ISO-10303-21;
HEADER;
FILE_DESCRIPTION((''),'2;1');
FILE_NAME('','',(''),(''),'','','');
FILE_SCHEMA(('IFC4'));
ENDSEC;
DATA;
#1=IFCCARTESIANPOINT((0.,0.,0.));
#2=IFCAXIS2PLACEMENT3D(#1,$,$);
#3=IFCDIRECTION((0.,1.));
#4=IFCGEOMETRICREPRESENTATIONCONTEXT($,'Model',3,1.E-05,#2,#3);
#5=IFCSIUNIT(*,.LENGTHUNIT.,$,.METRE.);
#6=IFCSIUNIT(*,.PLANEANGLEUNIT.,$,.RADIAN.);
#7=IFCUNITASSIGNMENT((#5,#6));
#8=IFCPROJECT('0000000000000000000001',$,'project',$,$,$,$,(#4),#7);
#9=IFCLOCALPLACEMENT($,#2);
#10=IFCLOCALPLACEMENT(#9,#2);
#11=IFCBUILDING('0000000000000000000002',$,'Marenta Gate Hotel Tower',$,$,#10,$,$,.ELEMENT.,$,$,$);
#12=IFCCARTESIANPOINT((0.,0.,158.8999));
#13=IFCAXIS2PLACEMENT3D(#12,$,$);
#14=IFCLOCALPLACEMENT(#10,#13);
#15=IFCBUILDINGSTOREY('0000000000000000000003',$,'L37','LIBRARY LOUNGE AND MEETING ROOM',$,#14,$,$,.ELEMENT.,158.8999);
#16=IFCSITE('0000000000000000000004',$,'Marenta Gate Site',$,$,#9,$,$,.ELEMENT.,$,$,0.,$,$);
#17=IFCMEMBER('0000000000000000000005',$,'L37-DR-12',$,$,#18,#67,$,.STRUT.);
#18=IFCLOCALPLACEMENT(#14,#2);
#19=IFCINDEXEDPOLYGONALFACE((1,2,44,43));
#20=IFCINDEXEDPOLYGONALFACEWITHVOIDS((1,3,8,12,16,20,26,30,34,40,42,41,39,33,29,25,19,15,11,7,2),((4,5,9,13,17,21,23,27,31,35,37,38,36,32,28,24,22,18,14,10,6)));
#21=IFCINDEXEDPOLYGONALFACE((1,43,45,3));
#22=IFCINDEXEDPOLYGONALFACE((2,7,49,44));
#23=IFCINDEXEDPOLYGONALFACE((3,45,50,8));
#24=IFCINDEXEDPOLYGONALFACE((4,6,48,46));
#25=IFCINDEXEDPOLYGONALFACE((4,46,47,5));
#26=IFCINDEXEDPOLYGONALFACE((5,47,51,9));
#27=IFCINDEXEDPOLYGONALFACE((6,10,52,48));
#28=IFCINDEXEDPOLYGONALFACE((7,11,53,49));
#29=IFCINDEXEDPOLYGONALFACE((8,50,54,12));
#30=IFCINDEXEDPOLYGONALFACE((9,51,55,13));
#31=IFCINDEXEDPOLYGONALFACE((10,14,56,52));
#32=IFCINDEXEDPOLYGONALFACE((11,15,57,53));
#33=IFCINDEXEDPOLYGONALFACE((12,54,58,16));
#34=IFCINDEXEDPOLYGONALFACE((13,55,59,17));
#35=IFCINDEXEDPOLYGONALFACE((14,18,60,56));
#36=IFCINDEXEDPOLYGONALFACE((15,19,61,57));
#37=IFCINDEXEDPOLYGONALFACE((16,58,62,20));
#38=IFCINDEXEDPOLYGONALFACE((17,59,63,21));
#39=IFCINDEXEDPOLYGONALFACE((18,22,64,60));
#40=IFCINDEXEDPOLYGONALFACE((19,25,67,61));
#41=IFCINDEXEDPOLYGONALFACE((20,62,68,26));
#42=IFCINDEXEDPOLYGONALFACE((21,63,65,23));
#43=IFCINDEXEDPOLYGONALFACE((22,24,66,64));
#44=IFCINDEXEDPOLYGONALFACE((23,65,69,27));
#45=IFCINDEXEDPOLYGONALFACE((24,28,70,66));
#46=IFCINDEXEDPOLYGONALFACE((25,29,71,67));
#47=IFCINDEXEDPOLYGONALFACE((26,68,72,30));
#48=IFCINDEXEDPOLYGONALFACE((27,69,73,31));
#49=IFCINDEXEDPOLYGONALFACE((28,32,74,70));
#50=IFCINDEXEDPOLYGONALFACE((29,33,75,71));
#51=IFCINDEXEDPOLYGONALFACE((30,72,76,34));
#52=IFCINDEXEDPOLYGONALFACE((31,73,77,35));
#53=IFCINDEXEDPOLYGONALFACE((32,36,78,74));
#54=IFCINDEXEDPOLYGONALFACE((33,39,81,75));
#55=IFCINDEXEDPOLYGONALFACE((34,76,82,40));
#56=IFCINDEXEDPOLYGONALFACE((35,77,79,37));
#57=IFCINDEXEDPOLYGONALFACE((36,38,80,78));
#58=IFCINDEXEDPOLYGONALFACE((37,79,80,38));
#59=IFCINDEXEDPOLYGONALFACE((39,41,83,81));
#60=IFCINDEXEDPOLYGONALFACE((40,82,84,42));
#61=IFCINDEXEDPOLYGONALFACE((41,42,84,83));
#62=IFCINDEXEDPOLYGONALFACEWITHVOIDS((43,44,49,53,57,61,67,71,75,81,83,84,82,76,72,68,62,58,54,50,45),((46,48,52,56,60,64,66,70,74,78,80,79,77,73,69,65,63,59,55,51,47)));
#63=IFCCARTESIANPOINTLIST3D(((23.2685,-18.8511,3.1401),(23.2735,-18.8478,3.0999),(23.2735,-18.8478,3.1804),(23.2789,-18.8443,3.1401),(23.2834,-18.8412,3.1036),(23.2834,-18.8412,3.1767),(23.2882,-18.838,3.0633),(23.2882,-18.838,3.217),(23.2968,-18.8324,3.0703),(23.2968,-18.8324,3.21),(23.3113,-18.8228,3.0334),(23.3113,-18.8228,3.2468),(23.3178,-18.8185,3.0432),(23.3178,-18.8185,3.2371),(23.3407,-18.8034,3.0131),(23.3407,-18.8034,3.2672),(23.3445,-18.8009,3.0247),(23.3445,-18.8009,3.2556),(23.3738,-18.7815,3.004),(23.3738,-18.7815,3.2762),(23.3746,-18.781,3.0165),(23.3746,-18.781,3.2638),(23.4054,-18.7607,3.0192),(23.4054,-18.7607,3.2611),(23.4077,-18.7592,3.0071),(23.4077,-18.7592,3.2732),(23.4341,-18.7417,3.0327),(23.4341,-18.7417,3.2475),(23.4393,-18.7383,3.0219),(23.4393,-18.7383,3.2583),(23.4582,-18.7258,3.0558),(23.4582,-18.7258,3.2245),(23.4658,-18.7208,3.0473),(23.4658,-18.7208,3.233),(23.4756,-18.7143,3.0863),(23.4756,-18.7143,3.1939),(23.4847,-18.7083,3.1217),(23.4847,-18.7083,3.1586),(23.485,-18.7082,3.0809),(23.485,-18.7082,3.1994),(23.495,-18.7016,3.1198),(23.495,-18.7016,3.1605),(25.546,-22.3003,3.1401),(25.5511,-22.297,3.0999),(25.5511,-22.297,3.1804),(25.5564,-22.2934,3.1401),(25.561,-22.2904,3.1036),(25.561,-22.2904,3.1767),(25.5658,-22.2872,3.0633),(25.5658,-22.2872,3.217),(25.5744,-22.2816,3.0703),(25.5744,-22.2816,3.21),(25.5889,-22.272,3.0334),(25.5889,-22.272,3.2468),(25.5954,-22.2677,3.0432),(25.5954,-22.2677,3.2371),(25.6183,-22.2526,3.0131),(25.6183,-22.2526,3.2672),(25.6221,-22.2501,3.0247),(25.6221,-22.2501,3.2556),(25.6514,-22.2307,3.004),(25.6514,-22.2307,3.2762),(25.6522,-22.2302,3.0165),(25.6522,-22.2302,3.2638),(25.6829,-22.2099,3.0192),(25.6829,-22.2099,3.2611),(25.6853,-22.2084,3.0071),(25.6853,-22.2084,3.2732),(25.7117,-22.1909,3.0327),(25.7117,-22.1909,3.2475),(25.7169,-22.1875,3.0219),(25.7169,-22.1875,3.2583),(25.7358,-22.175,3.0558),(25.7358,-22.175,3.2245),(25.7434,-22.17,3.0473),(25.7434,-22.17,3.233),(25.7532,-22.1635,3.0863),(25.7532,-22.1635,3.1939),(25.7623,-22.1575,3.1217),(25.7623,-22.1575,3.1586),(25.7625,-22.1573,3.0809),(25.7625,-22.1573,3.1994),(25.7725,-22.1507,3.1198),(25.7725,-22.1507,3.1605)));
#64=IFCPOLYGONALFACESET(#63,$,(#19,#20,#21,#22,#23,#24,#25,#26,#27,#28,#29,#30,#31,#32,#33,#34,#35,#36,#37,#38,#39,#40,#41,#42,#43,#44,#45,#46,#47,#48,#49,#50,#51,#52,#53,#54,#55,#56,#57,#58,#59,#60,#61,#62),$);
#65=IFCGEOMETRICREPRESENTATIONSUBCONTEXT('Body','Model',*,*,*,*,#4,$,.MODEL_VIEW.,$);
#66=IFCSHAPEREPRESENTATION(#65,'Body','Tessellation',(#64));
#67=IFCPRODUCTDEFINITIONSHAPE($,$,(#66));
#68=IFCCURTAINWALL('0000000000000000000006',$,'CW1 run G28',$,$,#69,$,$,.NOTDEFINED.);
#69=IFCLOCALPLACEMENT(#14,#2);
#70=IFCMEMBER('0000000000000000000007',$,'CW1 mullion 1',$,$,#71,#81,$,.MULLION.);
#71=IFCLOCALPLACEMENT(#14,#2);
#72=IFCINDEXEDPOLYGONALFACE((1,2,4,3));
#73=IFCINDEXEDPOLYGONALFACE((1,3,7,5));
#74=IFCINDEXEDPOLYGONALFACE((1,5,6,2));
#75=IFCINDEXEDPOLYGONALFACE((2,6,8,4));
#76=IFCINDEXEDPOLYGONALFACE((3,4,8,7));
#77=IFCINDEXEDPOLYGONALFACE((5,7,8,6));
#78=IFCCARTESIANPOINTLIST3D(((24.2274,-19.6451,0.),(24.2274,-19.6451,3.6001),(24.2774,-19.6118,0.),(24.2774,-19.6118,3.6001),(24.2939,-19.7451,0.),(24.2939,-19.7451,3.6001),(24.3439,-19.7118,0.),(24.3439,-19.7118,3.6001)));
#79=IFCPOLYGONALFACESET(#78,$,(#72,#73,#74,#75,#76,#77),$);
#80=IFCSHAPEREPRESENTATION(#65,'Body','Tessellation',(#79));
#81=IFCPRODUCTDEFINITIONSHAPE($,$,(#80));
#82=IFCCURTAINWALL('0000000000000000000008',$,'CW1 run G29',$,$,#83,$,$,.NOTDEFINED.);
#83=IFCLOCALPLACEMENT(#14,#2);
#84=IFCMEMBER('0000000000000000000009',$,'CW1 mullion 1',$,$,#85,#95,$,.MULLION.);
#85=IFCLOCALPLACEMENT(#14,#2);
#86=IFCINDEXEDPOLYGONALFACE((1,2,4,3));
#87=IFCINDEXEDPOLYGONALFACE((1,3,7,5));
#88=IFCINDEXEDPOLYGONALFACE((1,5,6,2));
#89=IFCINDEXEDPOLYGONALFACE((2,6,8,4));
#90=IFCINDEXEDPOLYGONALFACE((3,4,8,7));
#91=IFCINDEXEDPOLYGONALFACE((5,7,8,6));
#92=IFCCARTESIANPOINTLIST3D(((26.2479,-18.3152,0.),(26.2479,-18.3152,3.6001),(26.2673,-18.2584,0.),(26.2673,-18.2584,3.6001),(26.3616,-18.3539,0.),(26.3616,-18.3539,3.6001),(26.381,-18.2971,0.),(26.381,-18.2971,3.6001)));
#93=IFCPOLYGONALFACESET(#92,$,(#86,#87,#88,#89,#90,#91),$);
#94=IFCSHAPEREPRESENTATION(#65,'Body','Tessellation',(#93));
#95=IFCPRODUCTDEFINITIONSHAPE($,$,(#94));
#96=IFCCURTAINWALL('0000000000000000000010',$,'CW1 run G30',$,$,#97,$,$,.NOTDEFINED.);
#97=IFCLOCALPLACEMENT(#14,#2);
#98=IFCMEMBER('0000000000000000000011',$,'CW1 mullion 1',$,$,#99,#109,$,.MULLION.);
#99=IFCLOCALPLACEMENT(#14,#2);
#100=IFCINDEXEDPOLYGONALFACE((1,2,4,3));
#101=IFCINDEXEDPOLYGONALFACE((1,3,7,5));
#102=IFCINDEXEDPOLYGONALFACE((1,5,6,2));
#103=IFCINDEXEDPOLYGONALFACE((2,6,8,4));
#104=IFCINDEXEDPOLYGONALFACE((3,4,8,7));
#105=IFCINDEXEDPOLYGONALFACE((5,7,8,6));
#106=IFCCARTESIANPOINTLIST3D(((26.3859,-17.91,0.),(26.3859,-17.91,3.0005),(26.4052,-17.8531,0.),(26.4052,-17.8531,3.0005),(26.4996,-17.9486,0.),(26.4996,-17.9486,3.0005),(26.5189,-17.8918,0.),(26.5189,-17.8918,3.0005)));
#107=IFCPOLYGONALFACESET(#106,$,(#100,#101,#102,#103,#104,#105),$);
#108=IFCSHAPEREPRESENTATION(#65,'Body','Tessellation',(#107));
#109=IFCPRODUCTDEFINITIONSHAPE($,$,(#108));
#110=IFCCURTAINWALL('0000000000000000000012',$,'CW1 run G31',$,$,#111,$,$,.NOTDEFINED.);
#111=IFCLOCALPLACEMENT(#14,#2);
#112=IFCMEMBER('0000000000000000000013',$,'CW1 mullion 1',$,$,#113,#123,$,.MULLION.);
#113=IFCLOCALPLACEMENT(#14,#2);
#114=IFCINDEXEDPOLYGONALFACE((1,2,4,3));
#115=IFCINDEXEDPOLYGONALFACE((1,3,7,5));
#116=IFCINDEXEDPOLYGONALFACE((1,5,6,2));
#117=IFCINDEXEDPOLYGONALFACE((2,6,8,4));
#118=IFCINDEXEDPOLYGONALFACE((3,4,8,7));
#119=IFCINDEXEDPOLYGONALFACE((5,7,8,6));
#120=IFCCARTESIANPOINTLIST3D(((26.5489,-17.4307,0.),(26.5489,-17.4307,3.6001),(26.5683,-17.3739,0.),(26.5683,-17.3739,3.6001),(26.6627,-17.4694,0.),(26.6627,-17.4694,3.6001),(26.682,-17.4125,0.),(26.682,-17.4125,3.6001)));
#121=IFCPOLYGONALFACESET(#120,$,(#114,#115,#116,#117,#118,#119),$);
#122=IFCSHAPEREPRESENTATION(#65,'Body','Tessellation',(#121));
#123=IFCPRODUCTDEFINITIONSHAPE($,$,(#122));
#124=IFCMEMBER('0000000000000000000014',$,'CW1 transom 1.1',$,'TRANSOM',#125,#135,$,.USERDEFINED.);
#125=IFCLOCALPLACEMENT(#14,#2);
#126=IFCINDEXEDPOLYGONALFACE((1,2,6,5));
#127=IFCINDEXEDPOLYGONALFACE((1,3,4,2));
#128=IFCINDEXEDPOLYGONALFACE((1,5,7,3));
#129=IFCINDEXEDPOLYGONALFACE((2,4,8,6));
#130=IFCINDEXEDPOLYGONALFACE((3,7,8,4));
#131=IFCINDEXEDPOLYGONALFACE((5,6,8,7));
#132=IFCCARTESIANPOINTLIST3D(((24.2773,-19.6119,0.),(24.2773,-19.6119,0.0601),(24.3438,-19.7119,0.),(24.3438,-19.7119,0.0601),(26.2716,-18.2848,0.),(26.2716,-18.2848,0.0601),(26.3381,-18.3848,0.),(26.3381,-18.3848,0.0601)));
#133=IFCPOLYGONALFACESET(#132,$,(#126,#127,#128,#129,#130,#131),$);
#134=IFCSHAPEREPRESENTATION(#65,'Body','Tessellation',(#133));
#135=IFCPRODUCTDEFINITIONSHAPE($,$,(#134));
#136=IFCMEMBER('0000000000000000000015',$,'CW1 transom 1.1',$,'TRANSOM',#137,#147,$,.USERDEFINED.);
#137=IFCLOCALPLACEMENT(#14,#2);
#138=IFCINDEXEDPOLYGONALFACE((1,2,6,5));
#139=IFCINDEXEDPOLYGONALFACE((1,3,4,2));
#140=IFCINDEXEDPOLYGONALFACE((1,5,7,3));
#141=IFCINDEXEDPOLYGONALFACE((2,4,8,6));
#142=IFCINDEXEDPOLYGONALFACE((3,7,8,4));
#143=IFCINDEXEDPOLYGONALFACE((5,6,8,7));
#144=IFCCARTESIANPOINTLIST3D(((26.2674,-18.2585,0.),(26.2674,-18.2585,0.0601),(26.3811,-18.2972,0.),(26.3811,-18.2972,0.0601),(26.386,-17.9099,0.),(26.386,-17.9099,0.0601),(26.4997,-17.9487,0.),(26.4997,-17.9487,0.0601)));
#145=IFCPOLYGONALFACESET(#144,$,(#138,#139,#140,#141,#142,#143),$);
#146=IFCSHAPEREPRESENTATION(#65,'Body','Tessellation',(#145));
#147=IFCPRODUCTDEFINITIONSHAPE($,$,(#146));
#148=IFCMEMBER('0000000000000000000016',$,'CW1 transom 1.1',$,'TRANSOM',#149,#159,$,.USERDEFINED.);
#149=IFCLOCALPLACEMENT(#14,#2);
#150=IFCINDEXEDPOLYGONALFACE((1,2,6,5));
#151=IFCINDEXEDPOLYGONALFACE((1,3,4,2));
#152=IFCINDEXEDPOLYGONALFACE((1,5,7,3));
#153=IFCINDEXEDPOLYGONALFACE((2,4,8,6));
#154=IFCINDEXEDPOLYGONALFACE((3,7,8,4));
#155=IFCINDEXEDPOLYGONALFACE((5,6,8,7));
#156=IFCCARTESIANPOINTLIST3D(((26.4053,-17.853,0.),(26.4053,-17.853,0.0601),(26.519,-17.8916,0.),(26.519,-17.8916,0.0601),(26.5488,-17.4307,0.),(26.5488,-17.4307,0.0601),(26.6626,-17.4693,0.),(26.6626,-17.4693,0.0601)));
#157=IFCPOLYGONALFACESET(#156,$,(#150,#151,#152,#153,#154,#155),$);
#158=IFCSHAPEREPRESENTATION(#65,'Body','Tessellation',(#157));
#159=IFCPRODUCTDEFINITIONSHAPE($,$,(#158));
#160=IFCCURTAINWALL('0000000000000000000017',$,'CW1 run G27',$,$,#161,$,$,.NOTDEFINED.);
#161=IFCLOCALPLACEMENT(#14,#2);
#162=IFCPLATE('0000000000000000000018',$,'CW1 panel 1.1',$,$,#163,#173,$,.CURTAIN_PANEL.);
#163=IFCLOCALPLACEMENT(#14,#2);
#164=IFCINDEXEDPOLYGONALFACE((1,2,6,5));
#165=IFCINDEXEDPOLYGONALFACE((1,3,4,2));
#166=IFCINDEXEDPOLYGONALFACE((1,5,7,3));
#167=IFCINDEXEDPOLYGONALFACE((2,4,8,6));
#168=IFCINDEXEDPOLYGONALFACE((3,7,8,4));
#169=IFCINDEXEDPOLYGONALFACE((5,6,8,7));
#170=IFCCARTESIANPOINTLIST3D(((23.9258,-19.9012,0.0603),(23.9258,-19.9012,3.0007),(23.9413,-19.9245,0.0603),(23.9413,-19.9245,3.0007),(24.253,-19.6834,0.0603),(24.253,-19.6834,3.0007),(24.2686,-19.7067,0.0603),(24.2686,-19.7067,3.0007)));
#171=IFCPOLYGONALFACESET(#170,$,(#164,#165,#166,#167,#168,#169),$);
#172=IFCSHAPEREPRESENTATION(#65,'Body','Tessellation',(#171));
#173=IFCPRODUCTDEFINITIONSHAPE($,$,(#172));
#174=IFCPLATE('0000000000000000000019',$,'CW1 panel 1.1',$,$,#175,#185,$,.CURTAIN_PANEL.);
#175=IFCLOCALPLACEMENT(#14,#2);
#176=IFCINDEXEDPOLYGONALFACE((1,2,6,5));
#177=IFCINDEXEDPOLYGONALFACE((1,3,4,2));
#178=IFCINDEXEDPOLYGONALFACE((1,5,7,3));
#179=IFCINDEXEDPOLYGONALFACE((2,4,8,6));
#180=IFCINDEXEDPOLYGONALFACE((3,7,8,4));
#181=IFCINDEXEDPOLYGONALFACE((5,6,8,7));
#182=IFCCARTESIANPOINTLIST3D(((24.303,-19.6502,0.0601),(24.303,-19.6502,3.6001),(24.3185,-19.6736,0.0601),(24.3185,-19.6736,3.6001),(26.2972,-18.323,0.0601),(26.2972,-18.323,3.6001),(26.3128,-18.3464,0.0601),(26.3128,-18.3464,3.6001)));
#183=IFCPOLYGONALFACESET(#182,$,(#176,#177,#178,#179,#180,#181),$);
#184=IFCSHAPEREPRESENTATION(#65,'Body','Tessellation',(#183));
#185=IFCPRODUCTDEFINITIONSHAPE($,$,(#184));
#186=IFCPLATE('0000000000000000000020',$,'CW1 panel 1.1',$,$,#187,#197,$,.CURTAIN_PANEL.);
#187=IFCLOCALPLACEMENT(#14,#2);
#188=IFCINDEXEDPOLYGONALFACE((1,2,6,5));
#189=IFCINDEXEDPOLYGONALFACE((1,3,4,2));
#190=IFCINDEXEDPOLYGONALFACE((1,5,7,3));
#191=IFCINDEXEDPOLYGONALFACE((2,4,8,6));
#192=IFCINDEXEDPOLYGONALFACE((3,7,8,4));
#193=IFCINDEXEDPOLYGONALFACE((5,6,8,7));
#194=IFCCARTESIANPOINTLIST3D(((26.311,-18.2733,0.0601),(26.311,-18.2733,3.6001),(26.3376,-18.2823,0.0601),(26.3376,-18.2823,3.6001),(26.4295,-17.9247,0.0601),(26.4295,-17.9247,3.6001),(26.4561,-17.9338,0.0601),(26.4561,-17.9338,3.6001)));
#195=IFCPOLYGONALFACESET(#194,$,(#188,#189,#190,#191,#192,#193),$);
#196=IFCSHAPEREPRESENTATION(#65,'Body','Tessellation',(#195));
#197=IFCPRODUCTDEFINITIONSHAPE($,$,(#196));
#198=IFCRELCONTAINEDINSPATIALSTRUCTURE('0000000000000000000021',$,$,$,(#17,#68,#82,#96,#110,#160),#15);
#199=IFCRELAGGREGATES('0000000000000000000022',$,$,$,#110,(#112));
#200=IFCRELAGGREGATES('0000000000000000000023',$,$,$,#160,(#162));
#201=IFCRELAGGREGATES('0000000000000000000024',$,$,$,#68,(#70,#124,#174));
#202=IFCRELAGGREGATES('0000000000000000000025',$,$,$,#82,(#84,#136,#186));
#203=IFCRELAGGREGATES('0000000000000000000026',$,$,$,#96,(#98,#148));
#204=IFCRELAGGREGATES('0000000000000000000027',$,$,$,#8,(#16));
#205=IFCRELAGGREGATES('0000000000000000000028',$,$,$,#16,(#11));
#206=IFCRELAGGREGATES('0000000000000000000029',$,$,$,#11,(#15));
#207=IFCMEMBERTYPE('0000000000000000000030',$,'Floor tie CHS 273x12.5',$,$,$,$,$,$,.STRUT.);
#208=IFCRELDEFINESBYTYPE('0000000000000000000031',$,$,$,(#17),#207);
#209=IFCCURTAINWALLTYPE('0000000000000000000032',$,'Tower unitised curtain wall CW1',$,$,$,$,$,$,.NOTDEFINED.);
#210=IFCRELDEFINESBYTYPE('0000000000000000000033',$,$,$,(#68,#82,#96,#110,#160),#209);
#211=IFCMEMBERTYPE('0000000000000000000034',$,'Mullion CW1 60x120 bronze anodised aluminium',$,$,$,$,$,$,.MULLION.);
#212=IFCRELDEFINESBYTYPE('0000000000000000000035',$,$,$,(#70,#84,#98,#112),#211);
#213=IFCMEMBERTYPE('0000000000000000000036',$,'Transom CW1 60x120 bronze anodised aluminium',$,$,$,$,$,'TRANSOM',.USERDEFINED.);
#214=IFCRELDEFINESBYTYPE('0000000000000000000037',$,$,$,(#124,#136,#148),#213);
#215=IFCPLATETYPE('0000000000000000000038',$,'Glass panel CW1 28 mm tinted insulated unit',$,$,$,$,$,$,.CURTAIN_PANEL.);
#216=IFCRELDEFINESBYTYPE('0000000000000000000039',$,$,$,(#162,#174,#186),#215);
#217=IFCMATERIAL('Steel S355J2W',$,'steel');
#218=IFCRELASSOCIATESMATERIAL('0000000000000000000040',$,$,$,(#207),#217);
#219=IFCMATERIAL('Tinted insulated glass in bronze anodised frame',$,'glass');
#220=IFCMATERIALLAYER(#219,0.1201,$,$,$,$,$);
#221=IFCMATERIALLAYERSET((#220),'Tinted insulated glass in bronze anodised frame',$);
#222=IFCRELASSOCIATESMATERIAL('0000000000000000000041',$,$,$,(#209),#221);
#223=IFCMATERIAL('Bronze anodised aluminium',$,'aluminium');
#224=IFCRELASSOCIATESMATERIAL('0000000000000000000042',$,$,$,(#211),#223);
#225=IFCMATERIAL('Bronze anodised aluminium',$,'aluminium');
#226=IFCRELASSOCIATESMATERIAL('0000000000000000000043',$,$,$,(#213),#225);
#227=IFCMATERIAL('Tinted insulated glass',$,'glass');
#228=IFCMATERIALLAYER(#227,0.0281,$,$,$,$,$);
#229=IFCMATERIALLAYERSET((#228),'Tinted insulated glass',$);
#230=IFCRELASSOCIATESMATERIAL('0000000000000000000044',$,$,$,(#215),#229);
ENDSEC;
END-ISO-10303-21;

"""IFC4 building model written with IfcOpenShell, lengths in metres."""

from ifc_helpers import new_model, si_unit, direction, frame, origin, origin_2d, place, context, subcontext, project, spatial, rectangle, hollow_circle, extrude, material, layer, layer_set, material_profile, profile_set, type_object, element, aggregate, save


model = new_model("IFC4")

# Units and contexts
model_context = context("Model", 3, precision=1e-05, world=origin(), true_north=direction((0.0, 1.0)))
body_context = subcontext(model_context, "Body", "Model", "MODEL_VIEW")
ifc_project = project(units=[si_unit("LENGTHUNIT", "METRE"), si_unit("PLANEANGLEUNIT", "RADIAN")], contexts=[model_context])

# Site, building, storey
site_placement = place(None, origin())
site = spatial("IfcSite", under=ifc_project, at=site_placement, Name="Marenta Gate Site", CompositionType="ELEMENT", RefElevation=0.0)
building_placement = place(site_placement, origin())
building = spatial("IfcBuilding", under=site, at=building_placement, Name="Marenta Gate Hotel Tower", CompositionType="ELEMENT")
storey_placement = place(building_placement, frame((0.0, 0.0, 158.8999)))
storey = spatial("IfcBuildingStorey", under=building, at=storey_placement, Name="L37", Description="LIBRARY LOUNGE AND MEETING ROOM", CompositionType="ELEMENT", Elevation=158.8999)

# Member
ifc_material_1 = material(Name="Steel S355J2W", Category="steel")
ifc_material_profile_1 = material_profile(ifc_material_1, hollow_circle(Radius=0.1365, WallThickness=0.0125, at=origin_2d()), Name="CHS 273x12.5")
ifc_profile_set_1 = profile_set([ifc_material_profile_1], Name="Steel S355J2W")
member_type_1 = type_object("IfcMemberType", Name="Floor tie CHS 273x12.5", PredefinedType="STRUT", material=ifc_profile_set_1)
member_1_placement = place(storey_placement, frame((25.6599, -22.2251, 3.1401), z_axis=(-0.551028, 0.834487, 0.0), x_axis=(-0.834487, -0.551028, 0.0)))
element("IfcMember", 1, at=member_1_placement, inside=storey, type_object=member_type_1, Name="L37-DR-12", PredefinedType="STRUT", context=body_context, shape_type="SweptSolid", body=[
    extrude(hollow_circle(Radius=0.1365, WallThickness=0.0125, at=origin_2d()), origin(), (0.0, 0.0, 1.0), 4.1333),
])

# Curtain walls, members
ifc_material_2 = material(Name="Tinted insulated glass in bronze anodised frame", Category="glass")
ifc_layer_1 = layer(ifc_material_2, 0.1201)
ifc_layer_set_1 = layer_set([ifc_layer_1], Name="Tinted insulated glass in bronze anodised frame")
curtain_wall_type = type_object("IfcCurtainWallType", Name="Tower unitised curtain wall CW1", PredefinedType="NOTDEFINED", material=ifc_layer_set_1)
curtain_wall_1_placement = place(storey_placement, origin())
curtain_wall_1 = element("IfcCurtainWall", 2, at=curtain_wall_1_placement, inside=storey, type_object=curtain_wall_type, Name="CW1 run G28", PredefinedType="NOTDEFINED")
ifc_material_3 = material(Name="Bronze anodised aluminium", Category="aluminium")
ifc_material_profile_2 = material_profile(ifc_material_3, rectangle(XDim=0.1201, YDim=0.0601, at=origin_2d()), Name="Mullion CW1 60x120 bronze anodised aluminium")
ifc_profile_set_2 = profile_set([ifc_material_profile_2], Name="Bronze anodised aluminium")
member_type_2 = type_object("IfcMemberType", Name="Mullion CW1 60x120 bronze anodised aluminium", PredefinedType="MULLION", material=ifc_profile_set_2)
member_2_placement = place(storey_placement, frame((24.2856, -19.6785, 0.0), z_axis=(0.0, 0.0, 1.0), x_axis=(-0.554023, 0.832501, 0.0)))
member_2 = element("IfcMember", 3, at=member_2_placement, type_object=member_type_2, Name="CW1 mullion 1", PredefinedType="MULLION", context=body_context, shape_type="SweptSolid", body=[
    extrude(rectangle(XDim=0.1201, YDim=0.0601, at=origin_2d()), origin(), (0.0, 0.0, 1.0), 3.6001),
])
curtain_wall_2_placement = place(storey_placement, origin())
curtain_wall_2 = element("IfcCurtainWall", 4, at=curtain_wall_2_placement, inside=storey, type_object=curtain_wall_type, Name="CW1 run G29", PredefinedType="NOTDEFINED")
member_3_placement = place(storey_placement, frame((26.3145, -18.3062, 0.0), z_axis=(0.0, 0.0, 1.0), x_axis=(-0.946727, 0.322037, 0.0)))
member_3 = element("IfcMember", 5, at=member_3_placement, type_object=member_type_2, Name="CW1 mullion 1", PredefinedType="MULLION", context=body_context, shape_type="SweptSolid", body=[
    extrude(rectangle(XDim=0.1201, YDim=0.0601, at=origin_2d()), origin(), (0.0, 0.0, 1.0), 3.6001),
])
curtain_wall_3_placement = place(storey_placement, origin())
curtain_wall_3 = element("IfcCurtainWall", 6, at=curtain_wall_3_placement, inside=storey, type_object=curtain_wall_type, Name="CW1 run G30", PredefinedType="NOTDEFINED")
member_4_placement = place(storey_placement, frame((26.4524, -17.9009, 0.0), z_axis=(0.0, 0.0, 1.0), x_axis=(-0.946729, 0.32203, 0.0)))
member_4 = element("IfcMember", 7, at=member_4_placement, type_object=member_type_2, Name="CW1 mullion 1", PredefinedType="MULLION", context=body_context, shape_type="SweptSolid", body=[
    extrude(rectangle(XDim=0.1201, YDim=0.0601, at=origin_2d()), origin(), (0.0, 0.0, 1.0), 3.0005),
])
curtain_wall_4_placement = place(storey_placement, origin())
curtain_wall_4 = element("IfcCurtainWall", 8, at=curtain_wall_4_placement, inside=storey, type_object=curtain_wall_type, Name="CW1 run G31", PredefinedType="NOTDEFINED")
member_5_placement = place(storey_placement, frame((26.6155, -17.4216, 0.0), z_axis=(0.0, 0.0, 1.0), x_axis=(-0.946729, 0.322032, 0.0)))
member_5 = element("IfcMember", 9, at=member_5_placement, type_object=member_type_2, Name="CW1 mullion 1", PredefinedType="MULLION", context=body_context, shape_type="SweptSolid", body=[
    extrude(rectangle(XDim=0.1201, YDim=0.0601, at=origin_2d()), origin(), (0.0, 0.0, 1.0), 3.6001),
])
aggregate(curtain_wall_4, [member_5])

# Members
ifc_material_4 = material(Name="Bronze anodised aluminium", Category="aluminium")
ifc_material_profile_3 = material_profile(ifc_material_4, rectangle(XDim=0.1201, YDim=0.0601, at=origin_2d()), Name="Transom CW1 60x120 bronze anodised aluminium")
ifc_profile_set_3 = profile_set([ifc_material_profile_3], Name="Bronze anodised aluminium")
member_type_3 = type_object("IfcMemberType", Name="Transom CW1 60x120 bronze anodised aluminium", ElementType="TRANSOM", PredefinedType="USERDEFINED", material=ifc_profile_set_3)
member_6_placement = place(storey_placement, frame((24.3105, -19.6619, 0.03), z_axis=(0.83252, 0.553994, 0.0), x_axis=(-0.553994, 0.83252, 0.0)))
member_6 = element("IfcMember", 10, at=member_6_placement, type_object=member_type_3, Name="CW1 transom 1.1", ObjectType="TRANSOM", PredefinedType="USERDEFINED", context=body_context, shape_type="SweptSolid", body=[
    extrude(rectangle(XDim=0.1201, YDim=0.0601, at=origin_2d()), origin(), (0.0, 0.0, 1.0), 2.3955),
])
member_7_placement = place(storey_placement, frame((26.3242, -18.2778, 0.03), z_axis=(0.322188, 0.946676, 0.0), x_axis=(-0.946676, 0.322188, 0.0)))
member_7 = element("IfcMember", 11, at=member_7_placement, type_object=member_type_3, Name="CW1 transom 1.1", ObjectType="TRANSOM", PredefinedType="USERDEFINED", context=body_context, shape_type="SweptSolid", body=[
    extrude(rectangle(XDim=0.1201, YDim=0.0601, at=origin_2d()), origin(), (0.0, 0.0, 1.0), 0.3682),
])
member_8_placement = place(storey_placement, frame((26.4622, -17.8723, 0.03), z_axis=(0.321805, 0.946806, 0.0), x_axis=(-0.946806, 0.321805, 0.0)))
member_8 = element("IfcMember", 12, at=member_8_placement, type_object=member_type_3, Name="CW1 transom 1.1", ObjectType="TRANSOM", PredefinedType="USERDEFINED", context=body_context, shape_type="SweptSolid", body=[
    extrude(rectangle(XDim=0.1201, YDim=0.0601, at=origin_2d()), origin(), (0.0, 0.0, 1.0), 0.446),
])

# Curtain wall, plate
curtain_wall_5_placement = place(storey_placement, origin())
curtain_wall_5 = element("IfcCurtainWall", 13, at=curtain_wall_5_placement, inside=storey, type_object=curtain_wall_type, Name="CW1 run G27", PredefinedType="NOTDEFINED")
ifc_material_5 = material(Name="Tinted insulated glass", Category="glass")
ifc_layer_2 = layer(ifc_material_5, 0.0281)
ifc_layer_set_2 = layer_set([ifc_layer_2], Name="Tinted insulated glass")
plate_type = type_object("IfcPlateType", Name="Glass panel CW1 28 mm tinted insulated unit", PredefinedType="CURTAIN_PANEL", material=ifc_layer_set_2)
plate_1_placement = place(storey_placement, frame((24.0972, -19.804, 0.0603), z_axis=(0.0, 0.0, 1.0), x_axis=(0.832458, 0.554089, 0.0)))
plate_1 = element("IfcPlate", 14, at=plate_1_placement, type_object=plate_type, Name="CW1 panel 1.1", PredefinedType="CURTAIN_PANEL", context=body_context, shape_type="SweptSolid", body=[
    extrude(rectangle(XDim=0.3931, YDim=0.0281, at=origin_2d()), origin(), (0.0, 0.0, 1.0), 2.9404),
])
aggregate(curtain_wall_5, [plate_1])

# Plates
plate_2_placement = place(storey_placement, frame((25.3079, -18.9983, 0.0601), z_axis=(0.0, 0.0, 1.0), x_axis=(0.832501, 0.554023, 0.0)))
plate_2 = element("IfcPlate", 15, at=plate_2_placement, type_object=plate_type, Name="CW1 panel 1.1", PredefinedType="CURTAIN_PANEL", context=body_context, shape_type="SweptSolid", body=[
    extrude(rectangle(XDim=2.3955, YDim=0.0281, at=origin_2d()), origin(), (0.0, 0.0, 1.0), 3.54),
])
aggregate(curtain_wall_1, [member_2, member_6, plate_2])
plate_3_placement = place(storey_placement, frame((26.3835, -18.1035, 0.0601), z_axis=(0.0, 0.0, 1.0), x_axis=(0.322037, 0.946727, 0.0)))
plate_3 = element("IfcPlate", 16, at=plate_3_placement, type_object=plate_type, Name="CW1 panel 1.1", PredefinedType="CURTAIN_PANEL", context=body_context, shape_type="SweptSolid", body=[
    extrude(rectangle(XDim=0.3682, YDim=0.0281, at=origin_2d()), origin(), (0.0, 0.0, 1.0), 3.54),
])
aggregate(curtain_wall_2, [member_3, member_7, plate_3])
aggregate(curtain_wall_3, [member_4, member_8])

save(model, "model.ifc")
